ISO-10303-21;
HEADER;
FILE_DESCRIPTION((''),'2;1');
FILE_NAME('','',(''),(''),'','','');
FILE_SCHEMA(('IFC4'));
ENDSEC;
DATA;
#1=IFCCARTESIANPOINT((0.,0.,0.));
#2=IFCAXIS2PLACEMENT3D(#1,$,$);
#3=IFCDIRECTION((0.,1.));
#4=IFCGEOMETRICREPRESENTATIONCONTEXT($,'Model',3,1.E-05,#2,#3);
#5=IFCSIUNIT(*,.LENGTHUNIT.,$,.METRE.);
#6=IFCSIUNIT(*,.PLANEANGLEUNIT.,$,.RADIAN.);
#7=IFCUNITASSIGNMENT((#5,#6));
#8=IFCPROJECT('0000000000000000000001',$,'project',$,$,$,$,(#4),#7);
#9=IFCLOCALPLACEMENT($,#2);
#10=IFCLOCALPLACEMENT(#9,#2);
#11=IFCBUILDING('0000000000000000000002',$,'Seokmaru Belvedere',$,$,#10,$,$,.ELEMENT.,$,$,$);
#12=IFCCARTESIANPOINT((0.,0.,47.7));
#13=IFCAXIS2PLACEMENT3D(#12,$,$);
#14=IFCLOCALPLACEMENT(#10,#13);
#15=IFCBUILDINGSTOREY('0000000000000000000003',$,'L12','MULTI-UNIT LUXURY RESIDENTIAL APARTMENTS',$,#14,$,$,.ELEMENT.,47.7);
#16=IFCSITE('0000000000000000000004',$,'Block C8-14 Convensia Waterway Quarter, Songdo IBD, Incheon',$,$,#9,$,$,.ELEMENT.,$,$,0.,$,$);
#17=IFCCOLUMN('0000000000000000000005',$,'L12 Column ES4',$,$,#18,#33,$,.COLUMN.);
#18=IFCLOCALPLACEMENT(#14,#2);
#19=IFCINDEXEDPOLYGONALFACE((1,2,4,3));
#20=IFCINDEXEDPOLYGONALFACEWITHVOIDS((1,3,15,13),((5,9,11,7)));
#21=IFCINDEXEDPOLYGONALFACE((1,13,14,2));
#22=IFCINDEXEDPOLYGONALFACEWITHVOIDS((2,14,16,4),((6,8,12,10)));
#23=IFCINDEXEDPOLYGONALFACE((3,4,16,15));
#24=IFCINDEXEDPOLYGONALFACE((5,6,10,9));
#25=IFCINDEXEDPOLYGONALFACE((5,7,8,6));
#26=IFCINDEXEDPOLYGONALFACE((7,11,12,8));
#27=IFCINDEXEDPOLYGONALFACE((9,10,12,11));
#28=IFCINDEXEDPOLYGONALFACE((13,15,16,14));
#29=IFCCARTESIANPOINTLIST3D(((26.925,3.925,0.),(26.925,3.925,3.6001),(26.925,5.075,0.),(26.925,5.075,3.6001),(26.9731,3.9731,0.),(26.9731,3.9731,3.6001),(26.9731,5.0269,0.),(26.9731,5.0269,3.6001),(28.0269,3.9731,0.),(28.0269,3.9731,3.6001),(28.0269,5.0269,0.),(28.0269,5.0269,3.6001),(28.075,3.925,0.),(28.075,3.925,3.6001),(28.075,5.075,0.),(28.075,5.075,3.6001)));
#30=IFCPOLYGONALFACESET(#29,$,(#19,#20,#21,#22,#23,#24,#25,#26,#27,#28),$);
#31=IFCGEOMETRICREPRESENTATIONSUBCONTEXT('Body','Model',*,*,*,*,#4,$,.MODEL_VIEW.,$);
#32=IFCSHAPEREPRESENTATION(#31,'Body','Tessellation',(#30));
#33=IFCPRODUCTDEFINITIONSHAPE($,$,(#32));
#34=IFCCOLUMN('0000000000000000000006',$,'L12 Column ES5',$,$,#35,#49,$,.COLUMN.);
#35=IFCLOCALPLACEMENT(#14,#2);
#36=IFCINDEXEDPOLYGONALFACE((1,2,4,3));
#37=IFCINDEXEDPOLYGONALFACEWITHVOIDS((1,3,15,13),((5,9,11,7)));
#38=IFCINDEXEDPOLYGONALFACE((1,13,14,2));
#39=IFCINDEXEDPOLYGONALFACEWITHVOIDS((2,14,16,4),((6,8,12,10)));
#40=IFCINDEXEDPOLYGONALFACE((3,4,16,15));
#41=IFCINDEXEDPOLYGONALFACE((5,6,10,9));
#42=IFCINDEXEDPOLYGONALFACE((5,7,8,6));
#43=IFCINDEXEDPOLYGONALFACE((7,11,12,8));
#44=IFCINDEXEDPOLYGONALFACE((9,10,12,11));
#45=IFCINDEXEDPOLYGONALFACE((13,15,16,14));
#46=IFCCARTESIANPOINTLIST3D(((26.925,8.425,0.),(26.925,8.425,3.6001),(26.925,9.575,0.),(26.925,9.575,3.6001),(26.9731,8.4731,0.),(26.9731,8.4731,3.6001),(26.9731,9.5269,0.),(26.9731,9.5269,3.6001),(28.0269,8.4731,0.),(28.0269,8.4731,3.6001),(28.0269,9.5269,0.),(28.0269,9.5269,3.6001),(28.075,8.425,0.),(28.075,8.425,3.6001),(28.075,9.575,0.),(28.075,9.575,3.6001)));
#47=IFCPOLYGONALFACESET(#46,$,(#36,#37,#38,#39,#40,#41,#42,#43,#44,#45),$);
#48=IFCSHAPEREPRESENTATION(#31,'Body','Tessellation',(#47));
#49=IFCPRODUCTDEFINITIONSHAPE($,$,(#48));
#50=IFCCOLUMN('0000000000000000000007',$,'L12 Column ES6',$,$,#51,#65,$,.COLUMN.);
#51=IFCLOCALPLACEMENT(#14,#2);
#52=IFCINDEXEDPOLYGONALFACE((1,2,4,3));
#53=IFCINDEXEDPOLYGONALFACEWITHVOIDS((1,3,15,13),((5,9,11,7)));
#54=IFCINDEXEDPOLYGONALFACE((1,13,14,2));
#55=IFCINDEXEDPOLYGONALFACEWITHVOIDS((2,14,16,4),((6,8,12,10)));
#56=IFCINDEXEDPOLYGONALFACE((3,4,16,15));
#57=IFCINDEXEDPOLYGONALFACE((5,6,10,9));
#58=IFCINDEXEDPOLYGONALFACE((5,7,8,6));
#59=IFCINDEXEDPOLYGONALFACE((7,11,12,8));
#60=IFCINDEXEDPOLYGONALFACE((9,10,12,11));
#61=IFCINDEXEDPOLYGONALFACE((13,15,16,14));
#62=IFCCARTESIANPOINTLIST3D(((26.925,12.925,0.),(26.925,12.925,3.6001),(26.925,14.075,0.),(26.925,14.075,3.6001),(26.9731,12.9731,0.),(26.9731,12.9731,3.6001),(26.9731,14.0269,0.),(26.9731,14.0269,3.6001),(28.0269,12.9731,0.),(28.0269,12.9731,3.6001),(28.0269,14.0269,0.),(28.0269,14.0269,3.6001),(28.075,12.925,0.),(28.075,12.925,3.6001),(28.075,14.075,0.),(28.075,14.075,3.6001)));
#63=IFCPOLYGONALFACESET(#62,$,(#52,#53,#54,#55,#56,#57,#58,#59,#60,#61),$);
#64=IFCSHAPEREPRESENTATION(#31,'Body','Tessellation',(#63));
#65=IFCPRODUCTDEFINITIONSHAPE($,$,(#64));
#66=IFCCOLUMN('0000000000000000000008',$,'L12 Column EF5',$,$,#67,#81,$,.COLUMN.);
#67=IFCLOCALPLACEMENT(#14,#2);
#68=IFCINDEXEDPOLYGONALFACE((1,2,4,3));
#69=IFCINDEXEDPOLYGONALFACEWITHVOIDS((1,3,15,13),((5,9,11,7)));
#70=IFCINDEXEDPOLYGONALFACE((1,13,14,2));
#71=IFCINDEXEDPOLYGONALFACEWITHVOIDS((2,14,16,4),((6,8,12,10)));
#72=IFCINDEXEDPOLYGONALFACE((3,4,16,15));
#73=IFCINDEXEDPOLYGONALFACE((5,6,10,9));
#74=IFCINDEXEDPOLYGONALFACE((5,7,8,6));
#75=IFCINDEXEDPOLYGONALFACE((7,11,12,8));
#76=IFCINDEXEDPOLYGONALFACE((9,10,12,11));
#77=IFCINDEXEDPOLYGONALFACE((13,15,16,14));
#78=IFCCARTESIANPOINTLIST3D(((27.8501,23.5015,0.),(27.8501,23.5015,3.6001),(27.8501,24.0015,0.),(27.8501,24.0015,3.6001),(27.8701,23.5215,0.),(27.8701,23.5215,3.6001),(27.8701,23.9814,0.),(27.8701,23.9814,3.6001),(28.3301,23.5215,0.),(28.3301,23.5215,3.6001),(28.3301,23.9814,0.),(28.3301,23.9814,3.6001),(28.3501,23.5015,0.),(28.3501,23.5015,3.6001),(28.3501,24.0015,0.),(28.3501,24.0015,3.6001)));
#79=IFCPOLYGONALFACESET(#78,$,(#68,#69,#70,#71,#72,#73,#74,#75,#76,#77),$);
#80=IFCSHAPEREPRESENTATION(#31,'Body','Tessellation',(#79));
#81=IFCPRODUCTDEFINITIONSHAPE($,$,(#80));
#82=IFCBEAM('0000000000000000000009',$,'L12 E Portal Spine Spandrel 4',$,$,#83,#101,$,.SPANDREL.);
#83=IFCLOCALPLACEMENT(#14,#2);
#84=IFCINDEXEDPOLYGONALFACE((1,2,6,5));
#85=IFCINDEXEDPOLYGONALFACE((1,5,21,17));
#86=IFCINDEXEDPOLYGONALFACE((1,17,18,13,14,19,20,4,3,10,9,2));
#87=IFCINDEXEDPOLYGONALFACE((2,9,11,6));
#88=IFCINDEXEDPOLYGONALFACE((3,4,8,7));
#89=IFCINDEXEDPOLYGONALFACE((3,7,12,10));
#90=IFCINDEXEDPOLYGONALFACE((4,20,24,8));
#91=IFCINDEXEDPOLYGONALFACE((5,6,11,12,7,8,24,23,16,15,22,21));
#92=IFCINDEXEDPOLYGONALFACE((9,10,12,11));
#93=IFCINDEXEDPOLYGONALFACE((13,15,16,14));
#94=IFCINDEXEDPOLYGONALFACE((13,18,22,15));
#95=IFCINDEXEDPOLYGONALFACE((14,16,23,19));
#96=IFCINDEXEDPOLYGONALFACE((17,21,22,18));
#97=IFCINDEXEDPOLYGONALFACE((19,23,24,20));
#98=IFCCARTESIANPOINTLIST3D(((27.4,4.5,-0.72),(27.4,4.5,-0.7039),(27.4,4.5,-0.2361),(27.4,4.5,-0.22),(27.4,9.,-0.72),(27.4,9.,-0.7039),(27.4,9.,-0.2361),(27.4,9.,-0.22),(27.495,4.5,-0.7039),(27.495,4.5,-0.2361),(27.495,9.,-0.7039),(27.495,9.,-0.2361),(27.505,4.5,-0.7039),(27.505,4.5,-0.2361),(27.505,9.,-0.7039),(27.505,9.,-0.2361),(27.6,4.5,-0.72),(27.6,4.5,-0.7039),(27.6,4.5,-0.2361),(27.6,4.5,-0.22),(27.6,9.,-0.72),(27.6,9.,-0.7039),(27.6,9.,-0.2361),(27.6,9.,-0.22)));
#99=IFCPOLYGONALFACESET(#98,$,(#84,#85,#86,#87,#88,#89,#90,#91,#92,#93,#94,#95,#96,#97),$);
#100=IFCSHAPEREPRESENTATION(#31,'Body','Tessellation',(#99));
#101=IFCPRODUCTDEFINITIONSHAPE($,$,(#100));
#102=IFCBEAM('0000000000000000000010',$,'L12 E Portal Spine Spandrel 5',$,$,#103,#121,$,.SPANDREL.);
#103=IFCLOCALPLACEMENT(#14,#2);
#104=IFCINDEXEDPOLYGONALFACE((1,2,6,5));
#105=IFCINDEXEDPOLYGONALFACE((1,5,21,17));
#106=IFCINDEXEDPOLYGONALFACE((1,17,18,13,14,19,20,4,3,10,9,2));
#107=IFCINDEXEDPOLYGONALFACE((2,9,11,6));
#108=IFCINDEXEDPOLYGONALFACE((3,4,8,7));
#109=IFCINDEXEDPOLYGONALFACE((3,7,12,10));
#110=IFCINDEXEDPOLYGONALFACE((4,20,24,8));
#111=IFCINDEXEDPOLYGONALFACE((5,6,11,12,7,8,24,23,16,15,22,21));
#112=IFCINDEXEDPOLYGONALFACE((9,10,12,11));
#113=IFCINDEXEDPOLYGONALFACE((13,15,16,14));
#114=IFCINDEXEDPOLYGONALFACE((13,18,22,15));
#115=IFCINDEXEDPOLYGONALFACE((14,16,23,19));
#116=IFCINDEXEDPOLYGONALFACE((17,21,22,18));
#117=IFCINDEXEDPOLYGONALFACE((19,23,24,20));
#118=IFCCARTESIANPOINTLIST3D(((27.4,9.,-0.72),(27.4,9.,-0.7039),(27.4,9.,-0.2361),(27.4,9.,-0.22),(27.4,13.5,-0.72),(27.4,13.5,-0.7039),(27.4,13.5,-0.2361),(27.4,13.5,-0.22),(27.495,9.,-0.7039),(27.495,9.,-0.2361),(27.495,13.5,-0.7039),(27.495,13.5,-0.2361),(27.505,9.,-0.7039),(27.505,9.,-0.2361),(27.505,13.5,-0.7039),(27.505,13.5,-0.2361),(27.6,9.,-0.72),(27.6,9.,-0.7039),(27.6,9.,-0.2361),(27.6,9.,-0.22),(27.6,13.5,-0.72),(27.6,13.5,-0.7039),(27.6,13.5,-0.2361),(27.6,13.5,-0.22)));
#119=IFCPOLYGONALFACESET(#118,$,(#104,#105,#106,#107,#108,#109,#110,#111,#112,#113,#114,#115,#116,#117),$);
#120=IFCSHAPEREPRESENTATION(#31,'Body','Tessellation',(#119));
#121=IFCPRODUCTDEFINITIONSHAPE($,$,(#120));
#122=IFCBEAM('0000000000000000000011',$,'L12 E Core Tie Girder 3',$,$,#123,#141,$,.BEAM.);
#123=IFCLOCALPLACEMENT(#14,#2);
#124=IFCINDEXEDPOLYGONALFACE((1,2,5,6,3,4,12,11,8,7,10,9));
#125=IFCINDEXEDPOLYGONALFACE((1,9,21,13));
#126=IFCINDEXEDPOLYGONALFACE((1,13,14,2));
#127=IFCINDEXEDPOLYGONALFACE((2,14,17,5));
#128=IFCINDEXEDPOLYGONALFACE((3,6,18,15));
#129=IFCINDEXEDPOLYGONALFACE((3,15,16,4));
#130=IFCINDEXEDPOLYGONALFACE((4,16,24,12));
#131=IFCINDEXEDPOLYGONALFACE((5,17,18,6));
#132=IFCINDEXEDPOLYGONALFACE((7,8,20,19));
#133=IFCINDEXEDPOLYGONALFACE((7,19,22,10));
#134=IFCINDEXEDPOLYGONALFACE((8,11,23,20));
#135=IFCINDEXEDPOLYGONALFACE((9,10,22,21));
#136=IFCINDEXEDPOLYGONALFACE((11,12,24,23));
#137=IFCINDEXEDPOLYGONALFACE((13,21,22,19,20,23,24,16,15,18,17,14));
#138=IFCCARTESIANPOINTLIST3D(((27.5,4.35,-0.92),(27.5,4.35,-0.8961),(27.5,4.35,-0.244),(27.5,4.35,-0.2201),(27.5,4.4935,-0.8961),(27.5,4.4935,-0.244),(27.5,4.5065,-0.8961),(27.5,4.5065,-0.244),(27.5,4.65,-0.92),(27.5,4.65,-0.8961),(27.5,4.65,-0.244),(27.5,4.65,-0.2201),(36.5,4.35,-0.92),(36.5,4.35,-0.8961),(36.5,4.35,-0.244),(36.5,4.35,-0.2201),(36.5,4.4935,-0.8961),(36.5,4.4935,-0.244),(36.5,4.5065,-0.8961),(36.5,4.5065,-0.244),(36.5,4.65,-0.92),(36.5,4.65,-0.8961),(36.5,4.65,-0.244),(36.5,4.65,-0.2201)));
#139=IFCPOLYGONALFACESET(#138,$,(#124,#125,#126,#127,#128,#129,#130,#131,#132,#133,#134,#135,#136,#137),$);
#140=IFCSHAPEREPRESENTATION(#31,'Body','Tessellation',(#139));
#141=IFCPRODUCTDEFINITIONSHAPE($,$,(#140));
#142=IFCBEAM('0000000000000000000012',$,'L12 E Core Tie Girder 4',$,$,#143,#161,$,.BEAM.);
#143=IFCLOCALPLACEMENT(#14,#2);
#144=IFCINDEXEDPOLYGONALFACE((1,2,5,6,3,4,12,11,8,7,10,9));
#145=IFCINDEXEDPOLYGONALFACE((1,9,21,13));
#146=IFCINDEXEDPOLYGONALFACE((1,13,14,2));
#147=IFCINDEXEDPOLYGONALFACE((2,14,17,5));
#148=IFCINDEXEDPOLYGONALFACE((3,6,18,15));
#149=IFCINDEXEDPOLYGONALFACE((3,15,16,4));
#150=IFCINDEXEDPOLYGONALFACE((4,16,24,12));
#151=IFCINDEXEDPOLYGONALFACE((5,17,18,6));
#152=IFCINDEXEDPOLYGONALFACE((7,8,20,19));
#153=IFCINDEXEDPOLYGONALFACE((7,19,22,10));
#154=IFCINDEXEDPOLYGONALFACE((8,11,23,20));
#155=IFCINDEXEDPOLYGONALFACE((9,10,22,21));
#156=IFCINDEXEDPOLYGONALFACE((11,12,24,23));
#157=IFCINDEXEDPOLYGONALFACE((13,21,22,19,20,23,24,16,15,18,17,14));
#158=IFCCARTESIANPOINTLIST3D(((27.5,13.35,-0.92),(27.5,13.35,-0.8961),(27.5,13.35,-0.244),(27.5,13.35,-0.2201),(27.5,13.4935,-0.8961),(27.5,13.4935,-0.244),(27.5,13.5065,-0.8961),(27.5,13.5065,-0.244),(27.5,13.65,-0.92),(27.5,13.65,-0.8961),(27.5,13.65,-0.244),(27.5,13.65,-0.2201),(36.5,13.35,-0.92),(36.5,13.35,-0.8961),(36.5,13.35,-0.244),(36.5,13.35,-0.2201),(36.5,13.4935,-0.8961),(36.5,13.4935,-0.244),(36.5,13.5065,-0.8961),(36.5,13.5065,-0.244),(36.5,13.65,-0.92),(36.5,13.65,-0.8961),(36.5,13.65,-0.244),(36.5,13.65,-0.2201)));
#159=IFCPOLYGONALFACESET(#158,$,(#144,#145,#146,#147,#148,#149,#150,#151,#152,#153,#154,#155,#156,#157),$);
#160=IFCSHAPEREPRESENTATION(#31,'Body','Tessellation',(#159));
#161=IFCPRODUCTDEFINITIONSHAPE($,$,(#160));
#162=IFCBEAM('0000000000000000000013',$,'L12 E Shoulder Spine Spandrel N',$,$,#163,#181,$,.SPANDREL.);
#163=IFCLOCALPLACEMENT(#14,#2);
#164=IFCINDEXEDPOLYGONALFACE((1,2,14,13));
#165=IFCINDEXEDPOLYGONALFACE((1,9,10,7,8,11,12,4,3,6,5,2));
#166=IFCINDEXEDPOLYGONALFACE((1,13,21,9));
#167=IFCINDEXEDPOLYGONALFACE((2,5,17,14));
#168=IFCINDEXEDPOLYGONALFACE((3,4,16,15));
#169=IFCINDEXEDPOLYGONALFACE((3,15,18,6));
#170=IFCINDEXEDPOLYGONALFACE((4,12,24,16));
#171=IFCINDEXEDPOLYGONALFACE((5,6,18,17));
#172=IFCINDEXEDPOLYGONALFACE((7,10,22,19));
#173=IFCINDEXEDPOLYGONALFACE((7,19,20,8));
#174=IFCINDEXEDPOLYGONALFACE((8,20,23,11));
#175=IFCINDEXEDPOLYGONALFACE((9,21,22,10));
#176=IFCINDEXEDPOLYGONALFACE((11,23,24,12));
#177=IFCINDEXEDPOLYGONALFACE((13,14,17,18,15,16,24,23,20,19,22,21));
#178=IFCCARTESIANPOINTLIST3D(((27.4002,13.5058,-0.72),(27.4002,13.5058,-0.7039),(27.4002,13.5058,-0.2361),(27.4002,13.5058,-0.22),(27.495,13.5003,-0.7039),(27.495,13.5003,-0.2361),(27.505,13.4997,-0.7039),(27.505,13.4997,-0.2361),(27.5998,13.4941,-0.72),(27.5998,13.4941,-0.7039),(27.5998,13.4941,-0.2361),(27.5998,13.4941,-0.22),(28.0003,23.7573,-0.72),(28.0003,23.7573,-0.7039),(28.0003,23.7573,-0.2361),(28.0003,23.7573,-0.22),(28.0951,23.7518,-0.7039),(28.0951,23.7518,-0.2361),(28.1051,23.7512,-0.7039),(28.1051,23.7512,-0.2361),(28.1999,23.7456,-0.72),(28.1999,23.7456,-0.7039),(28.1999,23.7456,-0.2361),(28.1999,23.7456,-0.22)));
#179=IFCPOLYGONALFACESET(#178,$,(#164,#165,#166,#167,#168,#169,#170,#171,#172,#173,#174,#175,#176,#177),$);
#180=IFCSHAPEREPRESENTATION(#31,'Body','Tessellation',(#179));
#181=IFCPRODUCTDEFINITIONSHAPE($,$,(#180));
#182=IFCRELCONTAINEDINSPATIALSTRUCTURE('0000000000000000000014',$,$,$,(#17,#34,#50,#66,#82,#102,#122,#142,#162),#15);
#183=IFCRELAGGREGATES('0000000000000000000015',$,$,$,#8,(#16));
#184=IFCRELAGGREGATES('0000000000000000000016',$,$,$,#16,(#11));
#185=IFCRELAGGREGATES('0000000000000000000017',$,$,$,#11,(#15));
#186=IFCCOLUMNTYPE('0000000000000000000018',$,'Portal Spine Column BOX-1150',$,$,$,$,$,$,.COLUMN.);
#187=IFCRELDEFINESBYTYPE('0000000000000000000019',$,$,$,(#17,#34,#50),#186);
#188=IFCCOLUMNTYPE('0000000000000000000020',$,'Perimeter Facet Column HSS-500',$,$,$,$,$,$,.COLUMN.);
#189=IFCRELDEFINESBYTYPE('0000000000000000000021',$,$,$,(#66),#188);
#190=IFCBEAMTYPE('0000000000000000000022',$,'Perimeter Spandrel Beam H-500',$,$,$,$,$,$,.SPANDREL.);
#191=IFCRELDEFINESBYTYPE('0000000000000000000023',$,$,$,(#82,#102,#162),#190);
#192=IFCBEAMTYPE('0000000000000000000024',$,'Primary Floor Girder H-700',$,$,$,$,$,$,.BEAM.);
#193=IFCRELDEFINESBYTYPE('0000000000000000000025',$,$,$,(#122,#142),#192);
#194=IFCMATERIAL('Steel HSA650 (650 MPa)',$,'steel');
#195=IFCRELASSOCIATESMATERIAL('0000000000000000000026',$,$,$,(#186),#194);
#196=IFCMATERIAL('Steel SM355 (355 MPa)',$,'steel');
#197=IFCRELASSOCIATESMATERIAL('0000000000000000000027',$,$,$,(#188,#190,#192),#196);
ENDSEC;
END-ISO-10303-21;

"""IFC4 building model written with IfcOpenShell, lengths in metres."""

from ifc_helpers import new_model, si_unit, direction, frame, origin, origin_2d, place, context, subcontext, project, spatial, hollow_rectangle, i_section, extrude, source, transform, mapped, material, material_profile, profile_set, type_object, type_shapes, element, save


model = new_model("IFC4")

# Units and contexts
model_context = context("Model", 3, precision=1e-05, world=origin(), true_north=direction((0.0, 1.0)))
body_context = subcontext(model_context, "Body", "Model", "MODEL_VIEW")
ifc_project = project(units=[si_unit("LENGTHUNIT", "METRE"), si_unit("PLANEANGLEUNIT", "RADIAN")], contexts=[model_context])

# Site, building, storey
site_placement = place(None, origin())
site = spatial("IfcSite", under=ifc_project, at=site_placement, Name="Block C8-14 Convensia Waterway Quarter, Songdo IBD, Incheon", CompositionType="ELEMENT", RefElevation=0.0)
building_placement = place(site_placement, origin())
building = spatial("IfcBuilding", under=site, at=building_placement, Name="Seokmaru Belvedere", CompositionType="ELEMENT")
storey_placement = place(building_placement, frame((0.0, 0.0, 47.7)))
storey = spatial("IfcBuildingStorey", under=building, at=storey_placement, Name="L12", Description="MULTI-UNIT LUXURY RESIDENTIAL APARTMENTS", CompositionType="ELEMENT", Elevation=47.7)

# Columns
ifc_material_1 = material(Name="Steel HSA650 (650 MPa)", Category="steel")
ifc_material_profile_1 = material_profile(ifc_material_1, hollow_rectangle(XDim=1.1499, YDim=1.1499, WallThickness=0.0481, at=origin_2d()), Name="BOX-1150x1150x48")
ifc_profile_set_1 = profile_set([ifc_material_profile_1], Name="Steel HSA650 (650 MPa)")
column_type_1 = type_object("IfcColumnType", Name="Portal Spine Column BOX-1150", PredefinedType="COLUMN", material=ifc_profile_set_1)
shared_shape_1 = source(origin(), body_context, "Body", "SweptSolid", [
    extrude(hollow_rectangle(XDim=1.1499, YDim=1.1499, WallThickness=0.0481, at=origin_2d()), origin(), (0.0, 0.0, 1.0), 3.6001),
])
type_shapes(column_type_1, [shared_shape_1])
for number, where, z_axis, x_axis, name in (
    (1, (27.5, 4.5, 0.0), (0.0, 0.0, 1.0), (1.0, 0.0, 0.0), "L12 Column ES4"),
    (2, (27.5, 9.0, 0.0), (0.0, 0.0, 1.0), (1.0, 0.0, 0.0), "L12 Column ES5"),
    (3, (27.5, 13.5, 0.0), (0.0, 0.0, 1.0), (1.0, 0.0, 0.0), "L12 Column ES6"),
):
    element("IfcColumn", number, at=place(storey_placement, frame(where, z_axis=z_axis, x_axis=x_axis)), inside=storey, type_object=column_type_1, Name=name, PredefinedType="COLUMN", context=body_context, shape_type="MappedRepresentation", body=[
        mapped(shared_shape_1, transform((0.0, 0.0, 0.0), scale=1.0)),
    ])
ifc_material_2 = material(Name="Steel SM355 (355 MPa)", Category="steel")
ifc_material_profile_2 = material_profile(ifc_material_2, hollow_rectangle(XDim=0.5, YDim=0.5, WallThickness=0.02, at=origin_2d()), Name="HSS-500x500x20")
ifc_profile_set_2 = profile_set([ifc_material_profile_2], Name="Steel SM355 (355 MPa)")
column_type_2 = type_object("IfcColumnType", Name="Perimeter Facet Column HSS-500", PredefinedType="COLUMN", material=ifc_profile_set_2)
shared_shape_2 = source(origin(), body_context, "Body", "SweptSolid", [
    extrude(hollow_rectangle(XDim=0.5, YDim=0.5, WallThickness=0.02, at=origin_2d()), origin(), (0.0, 0.0, 1.0), 3.6001),
])
type_shapes(column_type_2, [shared_shape_2])
column_placement = place(storey_placement, frame((28.1001, 23.7515, 0.0), z_axis=(0.0, 0.0, 1.0), x_axis=(1.0, 0.0, 0.0)))
element("IfcColumn", 4, at=column_placement, inside=storey, type_object=column_type_2, Name="L12 Column EF5", PredefinedType="COLUMN", context=body_context, shape_type="MappedRepresentation", body=[
    mapped(shared_shape_2, transform((0.0, 0.0, 0.0), scale=1.0)),
])

# Beams
ifc_material_profile_3 = material_profile(ifc_material_2, i_section(OverallWidth=0.2, OverallDepth=0.5, WebThickness=0.01, FlangeThickness=0.0161, at=origin_2d()), Name="H-500x200x10x16")
ifc_profile_set_3 = profile_set([ifc_material_profile_3], Name="Steel SM355 (355 MPa)")
beam_type_1 = type_object("IfcBeamType", Name="Perimeter Spandrel Beam H-500", PredefinedType="SPANDREL", material=ifc_profile_set_3)
shared_shape_3 = source(origin(), body_context, "Body", "SweptSolid", [
    extrude(i_section(OverallWidth=0.2, OverallDepth=0.5, WebThickness=0.01, FlangeThickness=0.0161, at=origin_2d()), origin(), (0.0, 0.0, 1.0), 4.5),
])
for number, where, z_axis, x_axis, name in (
    (5, (27.5, 4.5, -0.47), (0.0, 1.0, 0.0), (-1.0, 0.0, 0.0), "L12 E Portal Spine Spandrel 4"),
    (6, (27.5, 9.0, -0.47), (0.0, 1.0, 0.0), (-1.0, 0.0, 0.0), "L12 E Portal Spine Spandrel 5"),
):
    element("IfcBeam", number, at=place(storey_placement, frame(where, z_axis=z_axis, x_axis=x_axis)), inside=storey, type_object=beam_type_1, Name=name, PredefinedType="SPANDREL", context=body_context, shape_type="MappedRepresentation", body=[
        mapped(shared_shape_3, transform((0.0, 0.0, 0.0), scale=1.0)),
    ])
ifc_material_profile_4 = material_profile(ifc_material_2, i_section(OverallWidth=0.3, OverallDepth=0.7, WebThickness=0.0129, FlangeThickness=0.0239, at=origin_2d()), Name="H-700x300x13x24")
ifc_profile_set_4 = profile_set([ifc_material_profile_4], Name="Steel SM355 (355 MPa)")
beam_type_2 = type_object("IfcBeamType", Name="Primary Floor Girder H-700", PredefinedType="BEAM", material=ifc_profile_set_4)
shared_shape_4 = source(origin(), body_context, "Body", "SweptSolid", [
    extrude(i_section(OverallWidth=0.3, OverallDepth=0.7, WebThickness=0.0129, FlangeThickness=0.0239, at=origin_2d()), origin(), (0.0, 0.0, 1.0), 9.0),
])
type_shapes(beam_type_2, [shared_shape_4])
for number, where, z_axis, x_axis, name in (
    (7, (27.5, 4.5, -0.5701), (1.0, 0.0, 0.0), (0.0, 1.0, 0.0), "L12 E Core Tie Girder 3"),
    (8, (27.5, 13.5, -0.5701), (1.0, 0.0, 0.0), (0.0, 1.0, 0.0), "L12 E Core Tie Girder 4"),
):
    element("IfcBeam", number, at=place(storey_placement, frame(where, z_axis=z_axis, x_axis=x_axis)), inside=storey, type_object=beam_type_2, Name=name, PredefinedType="BEAM", context=body_context, shape_type="MappedRepresentation", body=[
        mapped(shared_shape_4, transform((0.0, 0.0, 0.0), scale=1.0)),
    ])
shared_shape_5 = source(origin(), body_context, "Body", "SweptSolid", [
    extrude(i_section(OverallWidth=0.2, OverallDepth=0.5, WebThickness=0.01, FlangeThickness=0.0161, at=origin_2d()), origin(), (0.0, 0.0, 1.0), 10.269),
])
type_shapes(beam_type_1, [shared_shape_3, shared_shape_5])
beam_placement = place(storey_placement, frame((28.1001, 23.7515, -0.47), z_axis=(-0.058438, -0.998291, 0.0), x_axis=(0.998291, -0.058438, 0.0)))
element("IfcBeam", 9, at=beam_placement, inside=storey, type_object=beam_type_1, Name="L12 E Shoulder Spine Spandrel N", PredefinedType="SPANDREL", context=body_context, shape_type="MappedRepresentation", body=[
    mapped(shared_shape_5, transform((0.0, 0.0, 0.0), scale=1.0)),
])

save(model, "model.ifc")
